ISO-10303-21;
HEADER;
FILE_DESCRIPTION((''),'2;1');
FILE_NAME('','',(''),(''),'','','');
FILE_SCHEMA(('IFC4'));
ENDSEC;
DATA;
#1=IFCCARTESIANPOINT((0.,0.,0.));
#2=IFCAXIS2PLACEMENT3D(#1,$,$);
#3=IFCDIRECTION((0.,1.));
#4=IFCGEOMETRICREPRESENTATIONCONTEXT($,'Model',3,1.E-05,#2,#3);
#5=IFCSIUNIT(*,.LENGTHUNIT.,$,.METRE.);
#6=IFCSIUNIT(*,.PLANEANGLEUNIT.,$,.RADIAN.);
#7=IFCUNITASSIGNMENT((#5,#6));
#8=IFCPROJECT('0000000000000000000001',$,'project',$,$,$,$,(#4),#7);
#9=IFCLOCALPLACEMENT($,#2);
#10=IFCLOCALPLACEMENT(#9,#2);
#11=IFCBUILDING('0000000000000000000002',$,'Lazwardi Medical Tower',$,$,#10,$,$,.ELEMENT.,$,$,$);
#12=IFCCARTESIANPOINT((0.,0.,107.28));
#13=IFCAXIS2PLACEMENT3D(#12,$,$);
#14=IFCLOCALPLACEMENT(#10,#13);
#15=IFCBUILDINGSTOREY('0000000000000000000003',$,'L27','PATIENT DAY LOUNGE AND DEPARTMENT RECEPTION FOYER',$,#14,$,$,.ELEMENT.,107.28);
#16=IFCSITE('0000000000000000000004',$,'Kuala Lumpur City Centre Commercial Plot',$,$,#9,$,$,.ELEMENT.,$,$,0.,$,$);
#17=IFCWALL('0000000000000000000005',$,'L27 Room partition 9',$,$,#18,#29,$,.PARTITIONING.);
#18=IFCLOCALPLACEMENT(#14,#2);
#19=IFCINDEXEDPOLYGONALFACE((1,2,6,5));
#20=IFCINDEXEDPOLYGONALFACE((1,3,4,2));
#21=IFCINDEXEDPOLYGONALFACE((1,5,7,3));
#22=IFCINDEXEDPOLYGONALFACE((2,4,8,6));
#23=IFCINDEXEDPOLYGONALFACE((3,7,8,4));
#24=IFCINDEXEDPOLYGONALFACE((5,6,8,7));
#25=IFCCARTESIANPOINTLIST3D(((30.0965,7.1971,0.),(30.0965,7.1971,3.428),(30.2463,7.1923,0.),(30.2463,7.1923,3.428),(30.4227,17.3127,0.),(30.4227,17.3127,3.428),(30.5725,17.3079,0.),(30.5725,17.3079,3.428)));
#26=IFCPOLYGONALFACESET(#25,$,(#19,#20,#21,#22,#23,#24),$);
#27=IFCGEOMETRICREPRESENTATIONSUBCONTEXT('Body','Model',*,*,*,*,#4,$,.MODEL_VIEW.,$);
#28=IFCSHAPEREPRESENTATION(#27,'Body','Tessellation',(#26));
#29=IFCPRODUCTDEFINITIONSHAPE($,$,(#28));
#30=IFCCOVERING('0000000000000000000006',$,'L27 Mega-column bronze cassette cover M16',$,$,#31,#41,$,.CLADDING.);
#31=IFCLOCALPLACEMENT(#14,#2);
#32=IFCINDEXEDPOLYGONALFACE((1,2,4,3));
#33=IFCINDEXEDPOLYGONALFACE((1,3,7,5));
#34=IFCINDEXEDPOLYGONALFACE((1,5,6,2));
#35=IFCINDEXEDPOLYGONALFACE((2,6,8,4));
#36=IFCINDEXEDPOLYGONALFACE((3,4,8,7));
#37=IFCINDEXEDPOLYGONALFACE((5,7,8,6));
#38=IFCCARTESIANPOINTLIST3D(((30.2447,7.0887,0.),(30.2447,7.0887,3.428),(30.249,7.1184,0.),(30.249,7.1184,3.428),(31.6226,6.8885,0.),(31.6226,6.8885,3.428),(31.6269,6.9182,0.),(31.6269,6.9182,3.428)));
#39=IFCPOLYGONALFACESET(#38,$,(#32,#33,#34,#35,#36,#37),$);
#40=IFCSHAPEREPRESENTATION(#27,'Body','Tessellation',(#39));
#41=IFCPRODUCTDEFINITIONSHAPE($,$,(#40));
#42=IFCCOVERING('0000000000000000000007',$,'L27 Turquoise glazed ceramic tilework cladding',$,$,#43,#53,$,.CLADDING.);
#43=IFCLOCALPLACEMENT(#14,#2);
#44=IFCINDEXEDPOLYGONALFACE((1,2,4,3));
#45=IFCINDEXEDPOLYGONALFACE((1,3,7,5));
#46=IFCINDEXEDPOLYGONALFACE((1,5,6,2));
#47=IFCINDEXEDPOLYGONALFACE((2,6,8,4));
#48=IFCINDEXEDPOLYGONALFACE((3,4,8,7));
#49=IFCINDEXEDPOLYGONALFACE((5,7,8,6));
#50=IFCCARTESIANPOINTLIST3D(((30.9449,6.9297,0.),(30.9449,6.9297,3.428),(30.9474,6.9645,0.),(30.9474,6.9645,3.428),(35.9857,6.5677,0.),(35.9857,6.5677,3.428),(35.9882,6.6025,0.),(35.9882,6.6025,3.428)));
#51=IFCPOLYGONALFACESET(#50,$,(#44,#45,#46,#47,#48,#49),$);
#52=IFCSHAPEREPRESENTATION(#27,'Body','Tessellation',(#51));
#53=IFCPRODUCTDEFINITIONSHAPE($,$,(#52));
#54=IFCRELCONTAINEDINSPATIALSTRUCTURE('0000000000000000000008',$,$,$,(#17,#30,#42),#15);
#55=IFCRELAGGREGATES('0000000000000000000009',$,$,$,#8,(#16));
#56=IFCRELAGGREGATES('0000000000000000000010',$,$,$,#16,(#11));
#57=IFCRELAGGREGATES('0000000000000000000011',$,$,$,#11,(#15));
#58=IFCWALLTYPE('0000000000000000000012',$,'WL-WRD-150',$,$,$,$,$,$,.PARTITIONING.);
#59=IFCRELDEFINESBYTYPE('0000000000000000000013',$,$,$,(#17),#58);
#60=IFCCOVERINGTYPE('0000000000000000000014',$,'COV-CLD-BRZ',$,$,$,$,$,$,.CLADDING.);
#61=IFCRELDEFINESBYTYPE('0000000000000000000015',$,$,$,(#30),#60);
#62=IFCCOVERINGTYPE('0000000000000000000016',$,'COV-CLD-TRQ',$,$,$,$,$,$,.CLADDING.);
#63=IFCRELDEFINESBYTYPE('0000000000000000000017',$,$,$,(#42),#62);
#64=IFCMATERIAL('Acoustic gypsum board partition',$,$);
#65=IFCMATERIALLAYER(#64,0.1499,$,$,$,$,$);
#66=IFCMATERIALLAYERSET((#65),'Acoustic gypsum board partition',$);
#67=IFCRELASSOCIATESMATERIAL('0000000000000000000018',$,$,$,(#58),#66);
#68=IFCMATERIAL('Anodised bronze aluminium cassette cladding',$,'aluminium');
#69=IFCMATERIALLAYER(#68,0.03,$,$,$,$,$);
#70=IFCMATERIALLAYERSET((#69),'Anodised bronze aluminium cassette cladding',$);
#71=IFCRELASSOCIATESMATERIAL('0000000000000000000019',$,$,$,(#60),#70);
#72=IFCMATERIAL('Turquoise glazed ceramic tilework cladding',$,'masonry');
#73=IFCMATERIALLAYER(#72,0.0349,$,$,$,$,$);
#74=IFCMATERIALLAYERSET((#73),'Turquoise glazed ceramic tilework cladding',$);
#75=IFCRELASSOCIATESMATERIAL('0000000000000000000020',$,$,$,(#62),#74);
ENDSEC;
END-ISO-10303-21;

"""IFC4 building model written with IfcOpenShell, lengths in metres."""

from ifc_helpers import new_model, si_unit, direction, frame, frame_2d, origin, origin_2d, place, context, subcontext, project, spatial, rectangle, extrude, material, layer, layer_set, type_object, element, save


model = new_model("IFC4")

# Units and contexts
model_context = context("Model", 3, precision=1e-05, world=origin(), true_north=direction((0.0, 1.0)))
body_context = subcontext(model_context, "Body", "Model", "MODEL_VIEW")
ifc_project = project(units=[si_unit("LENGTHUNIT", "METRE"), si_unit("PLANEANGLEUNIT", "RADIAN")], contexts=[model_context])

# Site, building, storey
site_placement = place(None, origin())
site = spatial("IfcSite", under=ifc_project, at=site_placement, Name="Kuala Lumpur City Centre Commercial Plot", CompositionType="ELEMENT", RefElevation=0.0)
building_placement = place(site_placement, origin())
building = spatial("IfcBuilding", under=site, at=building_placement, Name="Lazwardi Medical Tower", CompositionType="ELEMENT")
storey_placement = place(building_placement, frame((0.0, 0.0, 107.28)))
storey = spatial("IfcBuildingStorey", under=building, at=storey_placement, Name="L27", Description="PATIENT DAY LOUNGE AND DEPARTMENT RECEPTION FOYER", CompositionType="ELEMENT", Elevation=107.28)

# Wall
ifc_material_1 = material(Name="Acoustic gypsum board partition")
ifc_layer_1 = layer(ifc_material_1, 0.1499)
ifc_layer_set_1 = layer_set([ifc_layer_1], Name="Acoustic gypsum board partition")
wall_type_1 = type_object("IfcWallType", Name="WL-WRD-150", PredefinedType="PARTITIONING", material=ifc_layer_set_1)
wall_1_placement = place(storey_placement, frame((30.1714, 7.1946, 0.0), z_axis=(0.0, 0.0, 1.0), x_axis=(0.032228, 0.999481, 0.0)))
element("IfcWall", 1, at=wall_1_placement, inside=storey, type_object=wall_type_1, Name="L27 Room partition 9", PredefinedType="PARTITIONING", context=body_context, shape_type="SweptSolid", body=[
    extrude(rectangle(XDim=10.1208, YDim=0.1499, at=frame_2d((5.0605, 0.0))), origin(), (0.0, 0.0, 1.0), 3.428),
])

# Coverings
ifc_material_2 = material(Name="Anodised bronze aluminium cassette cladding", Category="aluminium")
ifc_layer_2 = layer(ifc_material_2, 0.03)
ifc_layer_set_2 = layer_set([ifc_layer_2], Name="Anodised bronze aluminium cassette cladding")
covering_type_1 = type_object("IfcCoveringType", Name="COV-CLD-BRZ", PredefinedType="CLADDING", material=ifc_layer_set_2)
covering_1_placement = place(storey_placement, frame((30.9358, 7.0034, 0.0), z_axis=(0.0, 0.0, 1.0), x_axis=(0.989609, -0.143785, 0.0)))
element("IfcCovering", 2, at=covering_1_placement, inside=storey, type_object=covering_type_1, Name="L27 Mega-column bronze cassette cover M16", PredefinedType="CLADDING", context=body_context, shape_type="SweptSolid", body=[
    extrude(rectangle(XDim=1.3923, YDim=0.03, at=origin_2d()), origin(), (0.0, 0.0, 1.0), 3.428),
])
ifc_material_3 = material(Name="Turquoise glazed ceramic tilework cladding", Category="masonry")
ifc_layer_3 = layer(ifc_material_3, 0.0349)
ifc_layer_set_3 = layer_set([ifc_layer_3], Name="Turquoise glazed ceramic tilework cladding")
covering_type_2 = type_object("IfcCoveringType", Name="COV-CLD-TRQ", PredefinedType="CLADDING", material=ifc_layer_set_3)
covering_2_placement = place(storey_placement, frame((33.4666, 6.7661, 0.0), z_axis=(0.0, 0.0, 1.0), x_axis=(0.997431, -0.071631, 0.0)))
element("IfcCovering", 3, at=covering_2_placement, inside=storey, type_object=covering_type_2, Name="L27 Turquoise glazed ceramic tilework cladding", PredefinedType="CLADDING", context=body_context, shape_type="SweptSolid", body=[
    extrude(rectangle(XDim=5.0537, YDim=0.0349, at=origin_2d()), origin(), (0.0, 0.0, 1.0), 3.428),
])

save(model, "model.ifc")
